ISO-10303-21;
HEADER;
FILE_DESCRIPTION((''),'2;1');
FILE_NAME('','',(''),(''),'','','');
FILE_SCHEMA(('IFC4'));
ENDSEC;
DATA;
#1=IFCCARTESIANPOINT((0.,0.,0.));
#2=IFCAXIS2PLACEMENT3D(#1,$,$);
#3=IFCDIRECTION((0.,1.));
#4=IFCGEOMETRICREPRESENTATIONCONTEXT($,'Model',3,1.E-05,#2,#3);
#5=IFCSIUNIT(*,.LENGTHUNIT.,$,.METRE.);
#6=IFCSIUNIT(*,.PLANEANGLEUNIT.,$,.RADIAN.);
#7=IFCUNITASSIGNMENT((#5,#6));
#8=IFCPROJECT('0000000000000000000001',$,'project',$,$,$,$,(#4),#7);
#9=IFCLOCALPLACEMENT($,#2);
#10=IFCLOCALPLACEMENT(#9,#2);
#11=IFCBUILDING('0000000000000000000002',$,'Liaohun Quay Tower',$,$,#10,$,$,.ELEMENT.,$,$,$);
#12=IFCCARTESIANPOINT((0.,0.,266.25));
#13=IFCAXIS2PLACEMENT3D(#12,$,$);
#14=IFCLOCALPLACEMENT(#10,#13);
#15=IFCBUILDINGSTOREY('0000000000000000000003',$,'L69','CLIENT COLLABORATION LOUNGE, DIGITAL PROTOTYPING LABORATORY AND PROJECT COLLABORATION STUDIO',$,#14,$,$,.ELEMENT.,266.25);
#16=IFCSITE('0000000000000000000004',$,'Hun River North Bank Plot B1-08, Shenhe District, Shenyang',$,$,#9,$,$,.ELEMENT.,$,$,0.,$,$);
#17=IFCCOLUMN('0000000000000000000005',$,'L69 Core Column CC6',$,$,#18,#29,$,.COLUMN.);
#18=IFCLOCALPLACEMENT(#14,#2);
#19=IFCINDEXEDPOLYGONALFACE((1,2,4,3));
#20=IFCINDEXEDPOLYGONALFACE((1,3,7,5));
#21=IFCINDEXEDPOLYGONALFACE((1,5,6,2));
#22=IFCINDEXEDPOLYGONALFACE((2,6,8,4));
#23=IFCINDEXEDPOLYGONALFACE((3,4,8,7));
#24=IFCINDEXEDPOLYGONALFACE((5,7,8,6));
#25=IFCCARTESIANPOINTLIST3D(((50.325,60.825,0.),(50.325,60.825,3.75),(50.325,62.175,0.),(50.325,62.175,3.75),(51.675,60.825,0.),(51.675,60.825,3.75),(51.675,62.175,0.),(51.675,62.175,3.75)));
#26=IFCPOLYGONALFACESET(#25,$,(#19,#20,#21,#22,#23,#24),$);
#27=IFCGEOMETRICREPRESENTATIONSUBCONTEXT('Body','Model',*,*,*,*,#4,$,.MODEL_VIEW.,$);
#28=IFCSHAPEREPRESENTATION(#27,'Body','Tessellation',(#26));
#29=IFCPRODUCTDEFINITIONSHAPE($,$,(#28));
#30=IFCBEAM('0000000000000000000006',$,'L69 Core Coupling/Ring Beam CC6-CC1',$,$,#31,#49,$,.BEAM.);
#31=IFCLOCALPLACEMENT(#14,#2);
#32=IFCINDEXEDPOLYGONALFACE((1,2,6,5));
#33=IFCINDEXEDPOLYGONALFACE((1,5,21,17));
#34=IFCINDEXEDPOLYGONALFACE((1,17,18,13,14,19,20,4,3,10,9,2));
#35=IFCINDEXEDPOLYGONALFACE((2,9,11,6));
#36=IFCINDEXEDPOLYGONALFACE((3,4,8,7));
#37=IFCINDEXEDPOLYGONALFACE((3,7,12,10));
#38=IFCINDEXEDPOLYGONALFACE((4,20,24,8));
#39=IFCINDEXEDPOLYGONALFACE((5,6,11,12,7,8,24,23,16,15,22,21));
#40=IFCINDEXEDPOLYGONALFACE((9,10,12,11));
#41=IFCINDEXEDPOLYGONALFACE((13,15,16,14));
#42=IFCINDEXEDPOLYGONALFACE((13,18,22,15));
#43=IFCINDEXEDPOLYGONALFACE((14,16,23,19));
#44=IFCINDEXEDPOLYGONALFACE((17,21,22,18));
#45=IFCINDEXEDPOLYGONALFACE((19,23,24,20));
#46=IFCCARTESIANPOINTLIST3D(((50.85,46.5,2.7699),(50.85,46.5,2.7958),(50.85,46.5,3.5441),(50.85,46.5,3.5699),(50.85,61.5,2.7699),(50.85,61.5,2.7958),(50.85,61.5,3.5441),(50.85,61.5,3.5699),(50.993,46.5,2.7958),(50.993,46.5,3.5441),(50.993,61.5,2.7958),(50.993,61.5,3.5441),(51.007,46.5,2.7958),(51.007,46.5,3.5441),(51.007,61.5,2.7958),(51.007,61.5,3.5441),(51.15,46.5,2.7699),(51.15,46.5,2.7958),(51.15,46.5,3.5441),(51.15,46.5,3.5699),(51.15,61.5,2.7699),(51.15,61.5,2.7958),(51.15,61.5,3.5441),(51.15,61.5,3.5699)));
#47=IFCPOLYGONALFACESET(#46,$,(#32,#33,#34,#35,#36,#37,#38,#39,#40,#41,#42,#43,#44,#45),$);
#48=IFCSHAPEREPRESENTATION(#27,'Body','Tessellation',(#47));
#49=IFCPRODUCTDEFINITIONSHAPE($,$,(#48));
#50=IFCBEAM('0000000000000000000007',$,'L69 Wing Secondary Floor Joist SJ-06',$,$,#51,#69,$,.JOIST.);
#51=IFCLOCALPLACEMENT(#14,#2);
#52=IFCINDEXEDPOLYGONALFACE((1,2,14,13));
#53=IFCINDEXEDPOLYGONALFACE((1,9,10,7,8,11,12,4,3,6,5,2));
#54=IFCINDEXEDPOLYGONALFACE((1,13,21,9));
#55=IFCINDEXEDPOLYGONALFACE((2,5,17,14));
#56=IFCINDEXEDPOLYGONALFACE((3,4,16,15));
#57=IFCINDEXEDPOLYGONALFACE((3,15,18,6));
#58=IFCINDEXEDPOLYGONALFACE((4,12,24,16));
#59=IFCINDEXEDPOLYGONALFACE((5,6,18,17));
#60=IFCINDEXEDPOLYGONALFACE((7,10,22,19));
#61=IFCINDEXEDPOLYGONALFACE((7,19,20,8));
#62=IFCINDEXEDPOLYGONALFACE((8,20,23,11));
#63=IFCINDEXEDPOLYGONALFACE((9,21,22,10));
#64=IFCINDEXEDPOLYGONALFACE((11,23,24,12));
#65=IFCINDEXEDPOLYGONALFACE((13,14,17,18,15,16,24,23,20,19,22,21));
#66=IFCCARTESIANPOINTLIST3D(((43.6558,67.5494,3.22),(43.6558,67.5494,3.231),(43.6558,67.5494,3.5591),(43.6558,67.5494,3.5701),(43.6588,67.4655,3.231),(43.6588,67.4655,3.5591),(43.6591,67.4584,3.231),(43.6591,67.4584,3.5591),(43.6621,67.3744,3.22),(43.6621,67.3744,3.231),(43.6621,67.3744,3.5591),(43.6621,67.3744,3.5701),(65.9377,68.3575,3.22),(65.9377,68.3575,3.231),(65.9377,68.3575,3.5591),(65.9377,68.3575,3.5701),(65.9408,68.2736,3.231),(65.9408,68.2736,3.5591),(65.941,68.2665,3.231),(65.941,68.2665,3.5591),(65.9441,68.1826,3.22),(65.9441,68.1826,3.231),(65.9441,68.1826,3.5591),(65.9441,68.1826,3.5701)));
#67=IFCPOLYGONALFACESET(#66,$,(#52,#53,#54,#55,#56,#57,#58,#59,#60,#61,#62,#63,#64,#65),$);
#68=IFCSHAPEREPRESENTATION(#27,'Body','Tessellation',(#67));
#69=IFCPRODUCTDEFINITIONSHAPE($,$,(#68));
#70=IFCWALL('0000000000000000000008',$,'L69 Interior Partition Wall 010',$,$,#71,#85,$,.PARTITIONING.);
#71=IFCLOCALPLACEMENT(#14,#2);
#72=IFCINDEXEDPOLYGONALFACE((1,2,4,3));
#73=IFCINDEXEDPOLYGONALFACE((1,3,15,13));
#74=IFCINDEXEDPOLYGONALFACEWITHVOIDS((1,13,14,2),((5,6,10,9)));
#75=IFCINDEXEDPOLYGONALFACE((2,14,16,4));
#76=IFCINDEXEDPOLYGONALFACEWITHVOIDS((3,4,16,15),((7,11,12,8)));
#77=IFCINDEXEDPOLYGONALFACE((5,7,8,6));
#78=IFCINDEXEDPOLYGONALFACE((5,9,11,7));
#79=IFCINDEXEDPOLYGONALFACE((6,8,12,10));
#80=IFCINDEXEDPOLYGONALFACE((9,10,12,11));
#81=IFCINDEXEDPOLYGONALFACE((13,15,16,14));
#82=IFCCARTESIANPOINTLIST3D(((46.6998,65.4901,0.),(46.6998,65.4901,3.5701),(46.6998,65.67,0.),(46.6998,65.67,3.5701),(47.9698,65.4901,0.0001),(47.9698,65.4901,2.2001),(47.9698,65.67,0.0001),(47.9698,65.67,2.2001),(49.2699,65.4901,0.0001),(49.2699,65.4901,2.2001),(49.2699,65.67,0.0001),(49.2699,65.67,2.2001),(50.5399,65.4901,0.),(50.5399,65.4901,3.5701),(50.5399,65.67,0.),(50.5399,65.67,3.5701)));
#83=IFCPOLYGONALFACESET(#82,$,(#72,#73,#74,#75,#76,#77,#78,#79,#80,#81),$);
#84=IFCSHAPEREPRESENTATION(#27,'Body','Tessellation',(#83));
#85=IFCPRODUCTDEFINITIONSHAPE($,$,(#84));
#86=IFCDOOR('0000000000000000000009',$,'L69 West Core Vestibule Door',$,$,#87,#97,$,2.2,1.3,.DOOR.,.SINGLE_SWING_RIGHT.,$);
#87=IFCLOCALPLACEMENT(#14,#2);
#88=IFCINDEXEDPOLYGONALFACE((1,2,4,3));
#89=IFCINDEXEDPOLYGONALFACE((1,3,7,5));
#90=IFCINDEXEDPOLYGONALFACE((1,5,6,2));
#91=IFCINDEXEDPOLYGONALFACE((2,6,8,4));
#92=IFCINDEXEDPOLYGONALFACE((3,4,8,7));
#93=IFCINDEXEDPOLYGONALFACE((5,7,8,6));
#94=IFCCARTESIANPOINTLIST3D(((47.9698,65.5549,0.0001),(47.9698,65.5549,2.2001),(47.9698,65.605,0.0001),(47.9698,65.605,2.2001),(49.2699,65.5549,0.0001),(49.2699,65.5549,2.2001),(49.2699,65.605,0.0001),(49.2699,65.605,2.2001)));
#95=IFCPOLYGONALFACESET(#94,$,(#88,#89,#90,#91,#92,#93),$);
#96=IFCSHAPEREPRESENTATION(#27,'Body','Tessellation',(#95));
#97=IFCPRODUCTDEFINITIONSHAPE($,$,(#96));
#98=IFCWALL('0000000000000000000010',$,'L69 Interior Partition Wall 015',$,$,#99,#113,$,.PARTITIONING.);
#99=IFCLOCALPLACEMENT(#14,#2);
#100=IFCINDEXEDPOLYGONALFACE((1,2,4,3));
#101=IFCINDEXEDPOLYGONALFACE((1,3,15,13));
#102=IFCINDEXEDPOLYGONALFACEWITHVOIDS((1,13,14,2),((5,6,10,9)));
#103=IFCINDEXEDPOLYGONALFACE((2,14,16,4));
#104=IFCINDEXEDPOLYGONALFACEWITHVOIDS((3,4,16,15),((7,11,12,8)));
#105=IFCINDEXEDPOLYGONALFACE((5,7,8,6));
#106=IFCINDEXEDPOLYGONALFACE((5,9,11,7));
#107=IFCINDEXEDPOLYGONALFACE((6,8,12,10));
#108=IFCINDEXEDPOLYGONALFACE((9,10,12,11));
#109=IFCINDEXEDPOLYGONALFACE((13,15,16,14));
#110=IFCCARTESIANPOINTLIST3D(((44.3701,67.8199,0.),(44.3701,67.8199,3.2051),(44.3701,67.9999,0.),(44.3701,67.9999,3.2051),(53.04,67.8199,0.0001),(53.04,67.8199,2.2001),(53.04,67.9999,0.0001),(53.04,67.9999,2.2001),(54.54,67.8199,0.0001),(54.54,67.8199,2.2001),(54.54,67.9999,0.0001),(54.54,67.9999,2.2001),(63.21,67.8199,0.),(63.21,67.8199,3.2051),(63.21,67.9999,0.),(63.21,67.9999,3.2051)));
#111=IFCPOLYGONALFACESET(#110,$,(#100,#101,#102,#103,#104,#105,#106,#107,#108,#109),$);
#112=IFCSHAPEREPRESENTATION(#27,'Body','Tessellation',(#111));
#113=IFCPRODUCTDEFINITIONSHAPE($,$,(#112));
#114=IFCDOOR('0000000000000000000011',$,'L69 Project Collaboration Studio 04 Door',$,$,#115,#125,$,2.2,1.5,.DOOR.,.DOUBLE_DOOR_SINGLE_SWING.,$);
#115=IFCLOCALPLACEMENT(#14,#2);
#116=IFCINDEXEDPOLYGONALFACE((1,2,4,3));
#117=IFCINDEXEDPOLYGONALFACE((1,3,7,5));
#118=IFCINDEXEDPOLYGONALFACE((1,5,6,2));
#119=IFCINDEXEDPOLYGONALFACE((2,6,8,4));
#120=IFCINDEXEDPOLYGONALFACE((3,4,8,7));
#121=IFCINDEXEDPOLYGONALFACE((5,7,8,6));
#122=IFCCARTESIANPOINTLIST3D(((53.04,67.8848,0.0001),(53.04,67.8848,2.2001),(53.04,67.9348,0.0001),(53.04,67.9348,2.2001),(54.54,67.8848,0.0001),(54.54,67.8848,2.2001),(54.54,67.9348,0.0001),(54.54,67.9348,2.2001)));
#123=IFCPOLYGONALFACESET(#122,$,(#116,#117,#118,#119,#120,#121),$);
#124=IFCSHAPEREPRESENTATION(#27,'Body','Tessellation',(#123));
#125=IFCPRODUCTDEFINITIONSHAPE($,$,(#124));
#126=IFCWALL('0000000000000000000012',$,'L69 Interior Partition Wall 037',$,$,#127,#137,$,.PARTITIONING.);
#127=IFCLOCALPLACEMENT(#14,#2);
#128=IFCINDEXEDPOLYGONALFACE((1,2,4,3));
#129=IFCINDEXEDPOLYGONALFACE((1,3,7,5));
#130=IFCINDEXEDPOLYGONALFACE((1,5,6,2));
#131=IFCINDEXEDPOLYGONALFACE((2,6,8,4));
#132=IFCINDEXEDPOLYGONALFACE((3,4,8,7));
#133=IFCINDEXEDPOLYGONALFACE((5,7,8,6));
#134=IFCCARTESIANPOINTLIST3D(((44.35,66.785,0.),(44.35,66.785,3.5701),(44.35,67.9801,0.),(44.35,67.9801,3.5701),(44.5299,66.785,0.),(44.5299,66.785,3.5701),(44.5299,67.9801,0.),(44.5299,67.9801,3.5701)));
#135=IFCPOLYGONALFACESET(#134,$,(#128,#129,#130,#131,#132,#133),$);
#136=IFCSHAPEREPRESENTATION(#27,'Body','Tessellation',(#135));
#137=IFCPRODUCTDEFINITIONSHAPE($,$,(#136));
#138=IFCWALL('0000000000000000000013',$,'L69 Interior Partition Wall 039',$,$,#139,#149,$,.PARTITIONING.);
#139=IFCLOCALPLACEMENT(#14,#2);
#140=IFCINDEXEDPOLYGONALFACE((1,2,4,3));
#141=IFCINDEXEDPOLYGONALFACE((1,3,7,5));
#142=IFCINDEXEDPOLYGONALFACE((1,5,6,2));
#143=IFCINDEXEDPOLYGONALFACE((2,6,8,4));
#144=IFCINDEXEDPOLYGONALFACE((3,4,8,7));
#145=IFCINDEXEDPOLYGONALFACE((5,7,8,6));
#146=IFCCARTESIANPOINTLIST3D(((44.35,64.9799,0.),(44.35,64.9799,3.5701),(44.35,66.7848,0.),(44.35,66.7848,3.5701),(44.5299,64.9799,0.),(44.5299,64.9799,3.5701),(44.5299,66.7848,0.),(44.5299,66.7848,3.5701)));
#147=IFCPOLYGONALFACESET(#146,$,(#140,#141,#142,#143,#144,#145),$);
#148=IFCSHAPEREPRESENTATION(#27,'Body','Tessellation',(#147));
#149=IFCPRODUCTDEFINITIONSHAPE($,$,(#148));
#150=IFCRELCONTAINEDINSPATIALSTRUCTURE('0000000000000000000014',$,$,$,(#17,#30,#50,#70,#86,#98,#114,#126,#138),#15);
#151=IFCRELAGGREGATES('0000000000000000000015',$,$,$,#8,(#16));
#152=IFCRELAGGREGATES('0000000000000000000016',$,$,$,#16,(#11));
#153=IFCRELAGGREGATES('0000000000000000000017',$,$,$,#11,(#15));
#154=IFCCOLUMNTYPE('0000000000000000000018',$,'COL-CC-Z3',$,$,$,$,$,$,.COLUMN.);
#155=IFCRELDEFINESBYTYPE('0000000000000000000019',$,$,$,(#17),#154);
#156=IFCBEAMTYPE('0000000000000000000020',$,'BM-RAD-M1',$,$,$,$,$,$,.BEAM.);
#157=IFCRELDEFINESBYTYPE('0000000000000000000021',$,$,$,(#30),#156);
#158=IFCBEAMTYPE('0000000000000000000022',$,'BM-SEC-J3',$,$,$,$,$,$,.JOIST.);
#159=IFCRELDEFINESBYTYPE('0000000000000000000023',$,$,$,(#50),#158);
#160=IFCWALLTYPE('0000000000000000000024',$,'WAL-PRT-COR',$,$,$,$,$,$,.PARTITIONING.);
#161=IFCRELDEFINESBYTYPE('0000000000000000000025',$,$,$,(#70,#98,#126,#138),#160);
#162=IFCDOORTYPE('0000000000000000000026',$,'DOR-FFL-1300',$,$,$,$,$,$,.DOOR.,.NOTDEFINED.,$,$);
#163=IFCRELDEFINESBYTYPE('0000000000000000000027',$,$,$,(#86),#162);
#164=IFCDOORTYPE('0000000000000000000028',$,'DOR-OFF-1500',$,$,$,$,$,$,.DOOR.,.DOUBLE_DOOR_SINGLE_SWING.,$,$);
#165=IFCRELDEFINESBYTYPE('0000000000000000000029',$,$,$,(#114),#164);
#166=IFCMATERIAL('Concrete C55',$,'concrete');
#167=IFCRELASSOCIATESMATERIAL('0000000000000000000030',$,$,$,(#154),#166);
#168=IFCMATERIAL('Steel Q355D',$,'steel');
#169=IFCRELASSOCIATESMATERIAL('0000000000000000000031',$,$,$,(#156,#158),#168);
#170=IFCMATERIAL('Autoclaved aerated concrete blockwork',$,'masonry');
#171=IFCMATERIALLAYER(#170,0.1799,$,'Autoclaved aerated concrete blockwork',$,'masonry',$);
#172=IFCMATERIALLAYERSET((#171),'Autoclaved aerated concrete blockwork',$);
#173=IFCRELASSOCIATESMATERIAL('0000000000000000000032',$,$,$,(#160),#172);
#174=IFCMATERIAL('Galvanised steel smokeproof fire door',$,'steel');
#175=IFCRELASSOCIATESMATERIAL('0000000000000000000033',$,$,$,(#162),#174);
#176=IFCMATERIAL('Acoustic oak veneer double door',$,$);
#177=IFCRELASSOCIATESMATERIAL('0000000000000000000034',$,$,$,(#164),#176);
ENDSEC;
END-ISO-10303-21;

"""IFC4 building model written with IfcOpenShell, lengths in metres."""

from ifc_helpers import new_model, si_unit, direction, frame, frame_2d, origin, origin_2d, place, context, subcontext, project, spatial, rectangle, i_section, extrude, source, transform, mapped, material, layer, layer_set, material_profile, profile_set, type_object, element, fill, save


model = new_model("IFC4")

# Units and contexts
model_context = context("Model", 3, precision=1e-05, world=origin(), true_north=direction((0.0, 1.0)))
body_context = subcontext(model_context, "Body", "Model", "MODEL_VIEW")
ifc_project = project(units=[si_unit("LENGTHUNIT", "METRE"), si_unit("PLANEANGLEUNIT", "RADIAN")], contexts=[model_context])

# Site, building, storey
site_placement = place(None, origin())
site = spatial("IfcSite", under=ifc_project, at=site_placement, Name="Hun River North Bank Plot B1-08, Shenhe District, Shenyang", CompositionType="ELEMENT", RefElevation=0.0)
building_placement = place(site_placement, origin())
building = spatial("IfcBuilding", under=site, at=building_placement, Name="Liaohun Quay Tower", CompositionType="ELEMENT")
storey_placement = place(building_placement, frame((0.0, 0.0, 266.25)))
storey = spatial("IfcBuildingStorey", under=building, at=storey_placement, Name="L69", Description="CLIENT COLLABORATION LOUNGE, DIGITAL PROTOTYPING LABORATORY AND PROJECT COLLABORATION STUDIO", CompositionType="ELEMENT", Elevation=266.25)

# Column
ifc_material_1 = material(Name="Concrete C55", Category="concrete")
ifc_material_profile_1 = material_profile(ifc_material_1, rectangle(XDim=1.3501, YDim=1.3501, at=origin_2d()), Name="RC1350x1350")
ifc_profile_set_1 = profile_set([ifc_material_profile_1], Name="Concrete C55")
column_type = type_object("IfcColumnType", Name="COL-CC-Z3", PredefinedType="COLUMN", material=ifc_profile_set_1)
shared_shape_1 = source(origin(), body_context, "Body", "SweptSolid", [
    extrude(rectangle(XDim=1.3501, YDim=1.3501, at=origin_2d()), origin(), (0.0, 0.0, 1.0), 3.75),
])
column_placement = place(storey_placement, frame((51.0, 61.5, 0.0), z_axis=(0.0, 0.0, 1.0), x_axis=(1.0, 0.0, 0.0)))
element("IfcColumn", 1, at=column_placement, inside=storey, type_object=column_type, Name="L69 Core Column CC6", PredefinedType="COLUMN", context=body_context, shape_type="MappedRepresentation", body=[
    mapped(shared_shape_1, transform((0.0, 0.0, 0.0), x_axis=(1.0, 0.0, 0.0), y_axis=(0.0, 1.0, 0.0), z_axis=(0.0, 0.0, 1.0), scale=1.0)),
])

# Beams
ifc_material_2 = material(Name="Steel Q355D", Category="steel")
ifc_material_profile_2 = material_profile(ifc_material_2, i_section(OverallWidth=0.3, OverallDepth=0.8, WebThickness=0.0139, FlangeThickness=0.0259, at=origin_2d()), Name="HN800x300x14x26")
ifc_profile_set_2 = profile_set([ifc_material_profile_2], Name="Steel Q355D")
beam_type_1 = type_object("IfcBeamType", Name="BM-RAD-M1", PredefinedType="BEAM", material=ifc_profile_set_2)
shared_shape_2 = source(origin(), body_context, "Body", "SweptSolid", [
    extrude(i_section(OverallWidth=0.3, OverallDepth=0.8, WebThickness=0.0139, FlangeThickness=0.0259, at=origin_2d()), origin(), (0.0, 0.0, 1.0), 15.0),
])
beam_1_placement = place(storey_placement, frame((51.0, 61.5, 3.1699), z_axis=(0.0, -1.0, 0.0), x_axis=(1.0, 0.0, 0.0)))
element("IfcBeam", 2, at=beam_1_placement, inside=storey, type_object=beam_type_1, Name="L69 Core Coupling/Ring Beam CC6-CC1", PredefinedType="BEAM", context=body_context, shape_type="MappedRepresentation", body=[
    mapped(shared_shape_2, transform((0.0, 0.0, 0.0), x_axis=(1.0, 0.0, 0.0), y_axis=(0.0, 1.0, 0.0), z_axis=(0.0, 0.0, 1.0), scale=1.0)),
])
ifc_material_profile_3 = material_profile(ifc_material_2, i_section(OverallWidth=0.175, OverallDepth=0.3501, WebThickness=0.0071, FlangeThickness=0.011, at=origin_2d()), Name="HN350x175x7x11")
ifc_profile_set_3 = profile_set([ifc_material_profile_3], Name="Steel Q355D")
beam_type_2 = type_object("IfcBeamType", Name="BM-SEC-J3", PredefinedType="JOIST", material=ifc_profile_set_3)
shared_shape_3 = source(origin(), body_context, "Body", "SweptSolid", [
    extrude(i_section(OverallWidth=0.175, OverallDepth=0.3501, WebThickness=0.0071, FlangeThickness=0.011, at=origin_2d()), origin(), (0.0, 0.0, 1.0), 22.2966),
])
beam_2_placement = place(storey_placement, frame((43.6589, 67.4619, 3.395), z_axis=(0.999343, 0.036243, 0.0), x_axis=(-0.036243, 0.999343, 0.0)))
element("IfcBeam", 3, at=beam_2_placement, inside=storey, type_object=beam_type_2, Name="L69 Wing Secondary Floor Joist SJ-06", PredefinedType="JOIST", context=body_context, shape_type="MappedRepresentation", body=[
    mapped(shared_shape_3, transform((0.0, 0.0, 0.0), x_axis=(1.0, 0.0, 0.0), y_axis=(0.0, 1.0, 0.0), z_axis=(0.0, 0.0, 1.0), scale=1.0)),
])

# Walls, openings, doors
ifc_material_3 = material(Name="Autoclaved aerated concrete blockwork", Category="masonry")
ifc_layer_1 = layer(ifc_material_3, 0.1799, Name="Autoclaved aerated concrete blockwork", Category="masonry")
ifc_layer_set_1 = layer_set([ifc_layer_1], Name="Autoclaved aerated concrete blockwork")
wall_type_1 = type_object("IfcWallType", Name="WAL-PRT-COR", PredefinedType="PARTITIONING", material=ifc_layer_set_1)
wall_1_placement = place(storey_placement, frame((46.7, 65.5801, 0.0), z_axis=(0.0, 0.0, 1.0), x_axis=(1.0, 0.0, 0.0)))
wall_1 = element("IfcWall", 4, at=wall_1_placement, inside=storey, type_object=wall_type_1, Name="L69 Interior Partition Wall 010", PredefinedType="PARTITIONING", context=body_context, shape_type="SweptSolid", body=[
    extrude(rectangle(XDim=3.8401, YDim=0.1799, at=frame_2d((1.9199, 0.0))), origin(), (0.0, 0.0, 1.0), 3.5701),
])
shared_shape_4 = source(origin(), body_context, "Body", "SweptSolid", [
    extrude(rectangle(XDim=1.3, YDim=2.2, at=frame_2d((0.6499, 1.1001))), frame((0.0, 0.0999, 0.0), z_axis=(0.0, -1.0, 0.0), x_axis=(1.0, 0.0, 0.0)), (0.0, 0.0, 1.0), 0.2),
])
opening_1_placement = place(wall_1_placement, frame((1.27, 0.0, 0.0)))
opening_1 = element("IfcOpeningElement", 5, at=opening_1_placement, cuts=wall_1, PredefinedType="OPENING", context=body_context, shape_type="MappedRepresentation", body=[
    mapped(shared_shape_4, transform((0.0, 0.0, 0.0), x_axis=(1.0, 0.0, 0.0), y_axis=(0.0, 1.0, 0.0), z_axis=(0.0, 0.0, 1.0), scale=1.0)),
])
ifc_material_4 = material(Name="Galvanised steel smokeproof fire door", Category="steel")
door_type_1 = type_object("IfcDoorType", Name="DOR-FFL-1300", OperationType="NOTDEFINED", PredefinedType="DOOR", material=ifc_material_4)
shared_shape_5 = source(origin(), body_context, "Body", "SweptSolid", [
    extrude(rectangle(XDim=1.3, YDim=2.2, at=frame_2d((0.6499, 1.1001))), frame((0.0, 0.0249, 0.0), z_axis=(0.0, -1.0, 0.0), x_axis=(1.0, 0.0, 0.0)), (0.0, 0.0, 1.0), 0.05),
])
door_1_placement = place(opening_1_placement, origin())
door_1 = element("IfcDoor", 6, at=door_1_placement, inside=storey, type_object=door_type_1, Name="L69 West Core Vestibule Door", OperationType="SINGLE_SWING_RIGHT", OverallHeight=2.2, OverallWidth=1.3, PredefinedType="DOOR", context=body_context, shape_type="MappedRepresentation", body=[
    mapped(shared_shape_5, transform((0.0, 0.0, 0.0), x_axis=(1.0, 0.0, 0.0), y_axis=(0.0, 1.0, 0.0), z_axis=(0.0, 0.0, 1.0), scale=1.0)),
])
fill(opening_1, door_1)
wall_2_placement = place(storey_placement, frame((44.3701, 67.9099, 0.0), z_axis=(0.0, 0.0, 1.0), x_axis=(1.0, 0.0, 0.0)))
wall_2 = element("IfcWall", 7, at=wall_2_placement, inside=storey, type_object=wall_type_1, Name="L69 Interior Partition Wall 015", PredefinedType="PARTITIONING", context=body_context, shape_type="SweptSolid", body=[
    extrude(rectangle(XDim=18.8398, YDim=0.1799, at=frame_2d((9.4199, 0.0))), origin(), (0.0, 0.0, 1.0), 3.2051),
])
shared_shape_6 = source(origin(), body_context, "Body", "SweptSolid", [
    extrude(rectangle(XDim=1.5, YDim=2.2, at=frame_2d((0.75, 1.1001))), frame((0.0, 0.0999, 0.0), z_axis=(0.0, -1.0, 0.0), x_axis=(1.0, 0.0, 0.0)), (0.0, 0.0, 1.0), 0.2),
])
opening_2_placement = place(wall_2_placement, frame((8.6699, 0.0, 0.0)))
opening_2 = element("IfcOpeningElement", 8, at=opening_2_placement, cuts=wall_2, PredefinedType="OPENING", context=body_context, shape_type="MappedRepresentation", body=[
    mapped(shared_shape_6, transform((0.0, 0.0, 0.0), x_axis=(1.0, 0.0, 0.0), y_axis=(0.0, 1.0, 0.0), z_axis=(0.0, 0.0, 1.0), scale=1.0)),
])
ifc_material_5 = material(Name="Acoustic oak veneer double door")
door_type_2 = type_object("IfcDoorType", Name="DOR-OFF-1500", OperationType="DOUBLE_DOOR_SINGLE_SWING", PredefinedType="DOOR", material=ifc_material_5)
shared_shape_7 = source(origin(), body_context, "Body", "SweptSolid", [
    extrude(rectangle(XDim=1.5, YDim=2.2, at=frame_2d((0.75, 1.1001))), frame((0.0, 0.0249, 0.0), z_axis=(0.0, -1.0, 0.0), x_axis=(1.0, 0.0, 0.0)), (0.0, 0.0, 1.0), 0.05),
])
door_2_placement = place(opening_2_placement, origin())
door_2 = element("IfcDoor", 9, at=door_2_placement, inside=storey, type_object=door_type_2, Name="L69 Project Collaboration Studio 04 Door", OperationType="DOUBLE_DOOR_SINGLE_SWING", OverallHeight=2.2, OverallWidth=1.5, PredefinedType="DOOR", context=body_context, shape_type="MappedRepresentation", body=[
    mapped(shared_shape_7, transform((0.0, 0.0, 0.0), x_axis=(1.0, 0.0, 0.0), y_axis=(0.0, 1.0, 0.0), z_axis=(0.0, 0.0, 1.0), scale=1.0)),
])
fill(opening_2, door_2)

# Walls
wall_3_placement = place(storey_placement, frame((44.4399, 66.7849, 0.0), z_axis=(0.0, 0.0, 1.0), x_axis=(0.0, 1.0, 0.0)))
element("IfcWall", 10, at=wall_3_placement, inside=storey, type_object=wall_type_1, Name="L69 Interior Partition Wall 037", PredefinedType="PARTITIONING", context=body_context, shape_type="SweptSolid", body=[
    extrude(rectangle(XDim=1.1951, YDim=0.1799, at=frame_2d((0.5977, 0.0))), origin(), (0.0, 0.0, 1.0), 3.5701),
])
wall_4_placement = place(storey_placement, frame((44.4399, 64.98, 0.0), z_axis=(0.0, 0.0, 1.0), x_axis=(0.0, 1.0, 0.0)))
element("IfcWall", 11, at=wall_4_placement, inside=storey, type_object=wall_type_1, Name="L69 Interior Partition Wall 039", PredefinedType="PARTITIONING", context=body_context, shape_type="SweptSolid", body=[
    extrude(rectangle(XDim=1.8049, YDim=0.1799, at=frame_2d((0.9023, 0.0))), origin(), (0.0, 0.0, 1.0), 3.5701),
])

save(model, "model.ifc")
